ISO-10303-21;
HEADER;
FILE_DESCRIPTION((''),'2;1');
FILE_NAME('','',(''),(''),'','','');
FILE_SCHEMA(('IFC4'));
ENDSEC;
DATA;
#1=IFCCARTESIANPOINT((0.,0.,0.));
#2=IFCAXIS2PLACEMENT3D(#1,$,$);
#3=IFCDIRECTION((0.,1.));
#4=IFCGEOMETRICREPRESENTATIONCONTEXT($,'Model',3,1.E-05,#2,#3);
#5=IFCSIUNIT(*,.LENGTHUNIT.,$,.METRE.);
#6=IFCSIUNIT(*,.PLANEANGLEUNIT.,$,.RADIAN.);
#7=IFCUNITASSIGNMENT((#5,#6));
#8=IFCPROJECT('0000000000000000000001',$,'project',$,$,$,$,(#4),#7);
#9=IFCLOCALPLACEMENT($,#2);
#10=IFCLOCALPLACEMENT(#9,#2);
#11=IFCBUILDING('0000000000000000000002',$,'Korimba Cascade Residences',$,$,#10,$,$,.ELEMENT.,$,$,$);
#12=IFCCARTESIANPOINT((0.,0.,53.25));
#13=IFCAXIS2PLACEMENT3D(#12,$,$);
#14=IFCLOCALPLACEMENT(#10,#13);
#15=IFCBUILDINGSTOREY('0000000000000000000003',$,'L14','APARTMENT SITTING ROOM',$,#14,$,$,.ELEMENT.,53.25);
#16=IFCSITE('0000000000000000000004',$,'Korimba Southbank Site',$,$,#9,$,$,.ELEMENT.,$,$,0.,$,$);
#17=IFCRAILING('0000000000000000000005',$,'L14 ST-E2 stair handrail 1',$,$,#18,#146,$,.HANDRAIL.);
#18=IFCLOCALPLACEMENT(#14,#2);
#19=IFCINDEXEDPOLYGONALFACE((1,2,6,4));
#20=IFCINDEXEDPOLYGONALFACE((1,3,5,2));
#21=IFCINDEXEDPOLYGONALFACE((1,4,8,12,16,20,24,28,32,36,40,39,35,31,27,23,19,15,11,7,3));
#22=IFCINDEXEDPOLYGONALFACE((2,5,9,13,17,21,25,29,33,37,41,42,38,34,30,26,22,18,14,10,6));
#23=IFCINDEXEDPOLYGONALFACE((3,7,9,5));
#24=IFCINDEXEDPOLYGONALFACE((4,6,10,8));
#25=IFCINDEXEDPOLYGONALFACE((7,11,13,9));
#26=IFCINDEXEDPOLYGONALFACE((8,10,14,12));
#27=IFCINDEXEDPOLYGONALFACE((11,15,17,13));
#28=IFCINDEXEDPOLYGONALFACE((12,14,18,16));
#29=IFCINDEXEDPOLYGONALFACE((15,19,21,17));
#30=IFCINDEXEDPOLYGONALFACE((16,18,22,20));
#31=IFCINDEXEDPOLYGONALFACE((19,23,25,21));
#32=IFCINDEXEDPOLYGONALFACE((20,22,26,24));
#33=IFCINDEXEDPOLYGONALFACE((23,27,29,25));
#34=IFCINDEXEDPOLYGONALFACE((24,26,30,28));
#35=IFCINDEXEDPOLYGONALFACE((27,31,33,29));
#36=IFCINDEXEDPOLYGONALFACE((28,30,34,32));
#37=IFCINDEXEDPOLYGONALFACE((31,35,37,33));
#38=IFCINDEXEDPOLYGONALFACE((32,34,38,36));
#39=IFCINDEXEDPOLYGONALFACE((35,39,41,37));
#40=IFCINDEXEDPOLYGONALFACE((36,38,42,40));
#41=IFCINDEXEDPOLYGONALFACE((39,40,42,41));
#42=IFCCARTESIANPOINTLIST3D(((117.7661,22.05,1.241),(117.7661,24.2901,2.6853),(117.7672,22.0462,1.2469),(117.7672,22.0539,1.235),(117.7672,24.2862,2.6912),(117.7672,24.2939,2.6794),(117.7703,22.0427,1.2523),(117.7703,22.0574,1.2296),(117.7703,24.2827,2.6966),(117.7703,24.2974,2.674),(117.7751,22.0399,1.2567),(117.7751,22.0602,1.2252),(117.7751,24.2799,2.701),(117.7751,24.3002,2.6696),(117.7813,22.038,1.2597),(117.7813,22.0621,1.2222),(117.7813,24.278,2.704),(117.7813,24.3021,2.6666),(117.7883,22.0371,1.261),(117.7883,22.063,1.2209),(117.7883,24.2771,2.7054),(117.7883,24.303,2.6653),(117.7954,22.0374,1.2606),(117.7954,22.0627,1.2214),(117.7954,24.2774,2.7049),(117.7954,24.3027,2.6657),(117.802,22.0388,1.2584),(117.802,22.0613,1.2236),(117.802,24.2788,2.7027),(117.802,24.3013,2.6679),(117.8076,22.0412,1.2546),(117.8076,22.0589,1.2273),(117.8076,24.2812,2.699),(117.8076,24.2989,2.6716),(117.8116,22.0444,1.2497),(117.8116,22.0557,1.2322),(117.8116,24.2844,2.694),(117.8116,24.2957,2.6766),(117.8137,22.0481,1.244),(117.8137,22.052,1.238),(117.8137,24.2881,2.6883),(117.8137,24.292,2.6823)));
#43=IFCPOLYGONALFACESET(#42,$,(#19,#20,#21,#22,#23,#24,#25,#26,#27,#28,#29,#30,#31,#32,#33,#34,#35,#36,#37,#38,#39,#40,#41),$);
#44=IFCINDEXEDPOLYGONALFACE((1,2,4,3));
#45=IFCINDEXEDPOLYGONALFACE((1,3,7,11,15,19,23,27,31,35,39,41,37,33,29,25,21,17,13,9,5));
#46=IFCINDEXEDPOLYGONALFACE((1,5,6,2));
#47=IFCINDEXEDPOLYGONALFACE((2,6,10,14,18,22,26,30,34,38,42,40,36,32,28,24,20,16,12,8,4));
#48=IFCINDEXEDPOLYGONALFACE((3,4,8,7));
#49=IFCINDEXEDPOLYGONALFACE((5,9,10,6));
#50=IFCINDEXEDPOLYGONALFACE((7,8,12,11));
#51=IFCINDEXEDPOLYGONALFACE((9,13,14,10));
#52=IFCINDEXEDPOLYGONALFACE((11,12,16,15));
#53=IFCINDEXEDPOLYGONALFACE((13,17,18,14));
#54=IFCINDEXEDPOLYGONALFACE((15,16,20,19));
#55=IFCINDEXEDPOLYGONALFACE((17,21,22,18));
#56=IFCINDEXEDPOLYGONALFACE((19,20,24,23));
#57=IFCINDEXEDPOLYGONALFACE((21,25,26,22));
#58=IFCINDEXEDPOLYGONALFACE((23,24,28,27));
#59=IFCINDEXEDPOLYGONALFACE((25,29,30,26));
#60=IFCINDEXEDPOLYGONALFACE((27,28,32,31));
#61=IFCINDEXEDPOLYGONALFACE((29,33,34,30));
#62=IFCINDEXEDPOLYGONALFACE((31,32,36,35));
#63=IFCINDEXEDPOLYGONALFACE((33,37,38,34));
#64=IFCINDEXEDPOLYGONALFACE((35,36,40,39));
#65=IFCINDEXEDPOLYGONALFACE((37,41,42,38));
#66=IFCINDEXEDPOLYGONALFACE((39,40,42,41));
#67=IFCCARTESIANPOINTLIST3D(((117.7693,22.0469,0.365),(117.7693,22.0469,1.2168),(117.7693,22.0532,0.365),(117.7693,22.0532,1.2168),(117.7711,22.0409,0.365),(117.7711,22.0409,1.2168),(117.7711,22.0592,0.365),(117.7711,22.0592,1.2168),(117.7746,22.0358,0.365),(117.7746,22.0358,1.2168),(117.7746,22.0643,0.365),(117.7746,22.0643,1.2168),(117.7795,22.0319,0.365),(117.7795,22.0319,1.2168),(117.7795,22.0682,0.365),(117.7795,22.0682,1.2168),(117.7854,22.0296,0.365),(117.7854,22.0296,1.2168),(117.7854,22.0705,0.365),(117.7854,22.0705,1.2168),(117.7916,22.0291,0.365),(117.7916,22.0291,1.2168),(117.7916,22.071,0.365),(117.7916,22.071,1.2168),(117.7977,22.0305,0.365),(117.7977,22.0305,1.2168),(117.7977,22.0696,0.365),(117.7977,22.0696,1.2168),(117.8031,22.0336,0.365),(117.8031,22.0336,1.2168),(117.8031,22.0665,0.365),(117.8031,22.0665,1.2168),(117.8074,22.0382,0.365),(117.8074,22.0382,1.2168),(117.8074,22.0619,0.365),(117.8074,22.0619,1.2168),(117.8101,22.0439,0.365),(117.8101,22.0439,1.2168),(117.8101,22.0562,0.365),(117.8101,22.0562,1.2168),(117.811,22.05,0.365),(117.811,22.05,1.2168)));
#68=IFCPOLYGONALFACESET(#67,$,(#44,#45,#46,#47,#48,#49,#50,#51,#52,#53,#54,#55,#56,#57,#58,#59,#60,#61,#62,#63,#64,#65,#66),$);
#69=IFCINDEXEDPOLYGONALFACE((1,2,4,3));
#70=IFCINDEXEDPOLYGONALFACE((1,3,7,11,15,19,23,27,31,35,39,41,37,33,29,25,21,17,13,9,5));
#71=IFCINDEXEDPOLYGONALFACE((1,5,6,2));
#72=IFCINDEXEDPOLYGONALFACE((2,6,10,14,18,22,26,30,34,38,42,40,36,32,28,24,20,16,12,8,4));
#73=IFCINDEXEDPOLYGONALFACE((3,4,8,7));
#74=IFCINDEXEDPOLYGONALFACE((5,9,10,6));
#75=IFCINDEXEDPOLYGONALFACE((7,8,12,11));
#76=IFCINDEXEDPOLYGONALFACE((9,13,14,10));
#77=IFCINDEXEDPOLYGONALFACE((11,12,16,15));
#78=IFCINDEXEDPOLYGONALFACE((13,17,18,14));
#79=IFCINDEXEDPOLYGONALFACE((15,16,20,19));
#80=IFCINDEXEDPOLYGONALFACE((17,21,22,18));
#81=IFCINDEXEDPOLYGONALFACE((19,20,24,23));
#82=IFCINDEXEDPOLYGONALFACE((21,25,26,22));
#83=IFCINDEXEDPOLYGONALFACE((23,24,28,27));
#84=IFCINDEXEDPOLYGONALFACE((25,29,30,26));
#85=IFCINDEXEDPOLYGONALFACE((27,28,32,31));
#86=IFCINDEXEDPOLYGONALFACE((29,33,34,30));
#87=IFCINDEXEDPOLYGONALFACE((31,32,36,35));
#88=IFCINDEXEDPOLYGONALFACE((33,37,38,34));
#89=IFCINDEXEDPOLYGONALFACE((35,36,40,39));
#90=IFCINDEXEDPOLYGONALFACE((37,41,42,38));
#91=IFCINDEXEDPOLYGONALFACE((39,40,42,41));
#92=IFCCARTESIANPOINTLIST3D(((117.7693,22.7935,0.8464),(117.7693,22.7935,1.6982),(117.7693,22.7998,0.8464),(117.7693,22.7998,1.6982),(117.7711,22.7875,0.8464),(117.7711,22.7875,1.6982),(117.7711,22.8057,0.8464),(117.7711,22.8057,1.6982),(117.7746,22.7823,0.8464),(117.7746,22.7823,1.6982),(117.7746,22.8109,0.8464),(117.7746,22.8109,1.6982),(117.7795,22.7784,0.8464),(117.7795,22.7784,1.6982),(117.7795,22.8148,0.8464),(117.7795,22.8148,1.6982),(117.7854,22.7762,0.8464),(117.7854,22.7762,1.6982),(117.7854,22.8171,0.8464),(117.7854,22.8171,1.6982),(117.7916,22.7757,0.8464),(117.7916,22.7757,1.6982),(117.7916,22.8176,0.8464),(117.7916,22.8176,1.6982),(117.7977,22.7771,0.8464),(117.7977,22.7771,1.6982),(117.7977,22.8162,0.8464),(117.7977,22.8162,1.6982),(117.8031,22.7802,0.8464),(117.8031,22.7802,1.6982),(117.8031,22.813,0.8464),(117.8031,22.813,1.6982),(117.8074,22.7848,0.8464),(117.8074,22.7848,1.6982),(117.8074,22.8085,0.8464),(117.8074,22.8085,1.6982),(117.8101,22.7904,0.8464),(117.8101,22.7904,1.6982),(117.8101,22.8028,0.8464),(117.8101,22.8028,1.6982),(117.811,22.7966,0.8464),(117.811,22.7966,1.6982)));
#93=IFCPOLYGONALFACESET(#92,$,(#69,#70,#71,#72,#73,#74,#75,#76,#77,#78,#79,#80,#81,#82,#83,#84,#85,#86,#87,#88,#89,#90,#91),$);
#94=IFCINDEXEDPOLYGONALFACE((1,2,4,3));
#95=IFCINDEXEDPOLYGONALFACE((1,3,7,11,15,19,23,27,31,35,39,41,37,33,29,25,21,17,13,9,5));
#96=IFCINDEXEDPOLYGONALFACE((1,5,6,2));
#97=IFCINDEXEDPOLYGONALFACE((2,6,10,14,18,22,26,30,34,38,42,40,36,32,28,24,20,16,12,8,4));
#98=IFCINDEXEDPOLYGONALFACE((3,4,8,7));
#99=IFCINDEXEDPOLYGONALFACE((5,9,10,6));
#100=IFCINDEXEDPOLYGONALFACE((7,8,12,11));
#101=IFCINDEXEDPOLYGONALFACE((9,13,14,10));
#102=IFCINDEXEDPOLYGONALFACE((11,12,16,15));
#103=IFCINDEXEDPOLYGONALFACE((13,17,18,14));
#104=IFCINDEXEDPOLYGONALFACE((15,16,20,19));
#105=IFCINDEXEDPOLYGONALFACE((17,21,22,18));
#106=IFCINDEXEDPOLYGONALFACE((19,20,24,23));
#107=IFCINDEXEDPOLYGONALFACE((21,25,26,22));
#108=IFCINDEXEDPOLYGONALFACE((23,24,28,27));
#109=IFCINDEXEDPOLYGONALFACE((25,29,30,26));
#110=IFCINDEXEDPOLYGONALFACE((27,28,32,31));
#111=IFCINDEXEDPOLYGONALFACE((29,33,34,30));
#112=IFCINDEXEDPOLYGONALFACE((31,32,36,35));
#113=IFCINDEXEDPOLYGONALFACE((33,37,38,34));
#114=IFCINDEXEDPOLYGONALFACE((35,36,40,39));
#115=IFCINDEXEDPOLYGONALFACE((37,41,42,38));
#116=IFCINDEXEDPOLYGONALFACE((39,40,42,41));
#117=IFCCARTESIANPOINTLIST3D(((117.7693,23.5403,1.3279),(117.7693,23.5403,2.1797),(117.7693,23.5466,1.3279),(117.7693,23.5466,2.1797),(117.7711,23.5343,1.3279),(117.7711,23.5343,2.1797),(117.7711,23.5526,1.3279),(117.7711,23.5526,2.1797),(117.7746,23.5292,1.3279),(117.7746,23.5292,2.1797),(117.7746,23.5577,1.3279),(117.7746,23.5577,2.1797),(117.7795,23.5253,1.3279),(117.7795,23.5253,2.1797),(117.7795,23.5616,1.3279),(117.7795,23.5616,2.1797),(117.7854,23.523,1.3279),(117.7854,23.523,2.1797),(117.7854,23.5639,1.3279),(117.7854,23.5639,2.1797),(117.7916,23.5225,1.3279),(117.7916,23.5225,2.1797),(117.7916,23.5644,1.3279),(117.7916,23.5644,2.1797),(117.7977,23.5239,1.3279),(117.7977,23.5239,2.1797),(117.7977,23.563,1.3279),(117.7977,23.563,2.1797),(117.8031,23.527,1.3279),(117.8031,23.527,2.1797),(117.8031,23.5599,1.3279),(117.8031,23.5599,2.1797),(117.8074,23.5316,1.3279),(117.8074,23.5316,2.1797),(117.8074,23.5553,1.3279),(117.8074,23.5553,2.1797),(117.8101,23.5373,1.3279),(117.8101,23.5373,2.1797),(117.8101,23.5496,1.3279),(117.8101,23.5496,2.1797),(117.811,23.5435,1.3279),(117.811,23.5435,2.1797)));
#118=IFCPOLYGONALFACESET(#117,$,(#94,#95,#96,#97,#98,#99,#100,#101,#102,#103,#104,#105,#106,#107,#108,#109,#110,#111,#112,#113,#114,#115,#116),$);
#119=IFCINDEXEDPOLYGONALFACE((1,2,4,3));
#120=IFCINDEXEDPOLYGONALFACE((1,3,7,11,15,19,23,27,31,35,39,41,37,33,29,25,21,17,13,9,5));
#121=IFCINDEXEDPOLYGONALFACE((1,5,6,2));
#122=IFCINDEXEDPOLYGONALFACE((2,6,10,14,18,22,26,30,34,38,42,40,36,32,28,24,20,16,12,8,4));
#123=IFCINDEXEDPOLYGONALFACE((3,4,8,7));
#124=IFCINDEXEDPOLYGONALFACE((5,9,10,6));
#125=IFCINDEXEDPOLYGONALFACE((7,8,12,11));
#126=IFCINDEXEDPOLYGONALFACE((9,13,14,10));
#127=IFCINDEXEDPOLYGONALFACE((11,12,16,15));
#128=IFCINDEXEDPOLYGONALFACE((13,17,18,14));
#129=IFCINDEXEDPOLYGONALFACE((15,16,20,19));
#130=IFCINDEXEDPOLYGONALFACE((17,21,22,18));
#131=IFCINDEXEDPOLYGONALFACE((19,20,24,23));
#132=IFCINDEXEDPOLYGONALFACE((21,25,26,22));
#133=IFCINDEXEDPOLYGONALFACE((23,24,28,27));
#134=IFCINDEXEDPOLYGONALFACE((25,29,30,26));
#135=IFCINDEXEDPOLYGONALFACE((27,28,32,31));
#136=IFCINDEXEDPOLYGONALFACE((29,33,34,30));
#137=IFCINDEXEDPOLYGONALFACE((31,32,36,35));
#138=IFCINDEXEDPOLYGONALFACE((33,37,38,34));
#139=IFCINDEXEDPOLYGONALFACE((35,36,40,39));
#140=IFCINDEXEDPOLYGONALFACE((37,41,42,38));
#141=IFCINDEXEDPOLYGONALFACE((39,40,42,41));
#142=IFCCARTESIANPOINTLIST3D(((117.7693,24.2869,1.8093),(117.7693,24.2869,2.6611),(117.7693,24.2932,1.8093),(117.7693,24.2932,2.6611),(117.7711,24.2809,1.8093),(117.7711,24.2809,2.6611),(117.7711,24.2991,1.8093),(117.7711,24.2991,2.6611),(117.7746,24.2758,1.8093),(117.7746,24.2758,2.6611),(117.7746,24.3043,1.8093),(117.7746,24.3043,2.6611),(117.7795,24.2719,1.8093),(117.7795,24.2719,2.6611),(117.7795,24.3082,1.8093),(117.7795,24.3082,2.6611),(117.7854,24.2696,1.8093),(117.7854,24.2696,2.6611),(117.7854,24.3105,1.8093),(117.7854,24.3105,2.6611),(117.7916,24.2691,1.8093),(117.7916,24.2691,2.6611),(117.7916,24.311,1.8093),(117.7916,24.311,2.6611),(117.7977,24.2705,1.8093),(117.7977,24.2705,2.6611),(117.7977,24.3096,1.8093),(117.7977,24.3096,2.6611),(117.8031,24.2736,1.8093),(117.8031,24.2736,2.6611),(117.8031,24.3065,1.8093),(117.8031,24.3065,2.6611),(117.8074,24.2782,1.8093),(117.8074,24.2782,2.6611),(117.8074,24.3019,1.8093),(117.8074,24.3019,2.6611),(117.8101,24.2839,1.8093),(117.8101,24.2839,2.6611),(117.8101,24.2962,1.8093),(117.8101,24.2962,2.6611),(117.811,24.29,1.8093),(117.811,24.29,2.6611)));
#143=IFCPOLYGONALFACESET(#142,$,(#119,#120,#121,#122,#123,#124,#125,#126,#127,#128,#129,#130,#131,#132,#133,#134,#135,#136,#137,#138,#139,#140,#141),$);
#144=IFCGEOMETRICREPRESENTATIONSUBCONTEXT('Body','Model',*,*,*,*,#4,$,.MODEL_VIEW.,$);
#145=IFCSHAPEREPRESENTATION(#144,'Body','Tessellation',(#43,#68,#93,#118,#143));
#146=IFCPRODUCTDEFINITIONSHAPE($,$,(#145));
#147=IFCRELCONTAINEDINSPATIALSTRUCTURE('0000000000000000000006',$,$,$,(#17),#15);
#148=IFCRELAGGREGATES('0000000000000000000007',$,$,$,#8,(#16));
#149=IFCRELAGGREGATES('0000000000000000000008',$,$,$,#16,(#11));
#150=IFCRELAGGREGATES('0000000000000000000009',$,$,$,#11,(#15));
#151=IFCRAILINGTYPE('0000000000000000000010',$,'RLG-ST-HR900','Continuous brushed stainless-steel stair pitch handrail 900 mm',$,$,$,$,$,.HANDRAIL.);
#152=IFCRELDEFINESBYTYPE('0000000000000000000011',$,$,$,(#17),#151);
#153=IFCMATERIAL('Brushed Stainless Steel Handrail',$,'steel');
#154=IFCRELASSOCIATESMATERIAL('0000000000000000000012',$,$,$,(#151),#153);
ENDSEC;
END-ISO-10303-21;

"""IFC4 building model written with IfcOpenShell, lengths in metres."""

from ifc_helpers import new_model, si_unit, direction, frame, origin, origin_2d, place, context, subcontext, project, spatial, circle, extrude, material, type_object, element, save


model = new_model("IFC4")

# Units and contexts
model_context = context("Model", 3, precision=1e-05, world=origin(), true_north=direction((0.0, 1.0)))
body_context = subcontext(model_context, "Body", "Model", "MODEL_VIEW")
ifc_project = project(units=[si_unit("LENGTHUNIT", "METRE"), si_unit("PLANEANGLEUNIT", "RADIAN")], contexts=[model_context])

# Site, building, storey
site_placement = place(None, origin())
site = spatial("IfcSite", under=ifc_project, at=site_placement, Name="Korimba Southbank Site", CompositionType="ELEMENT", RefElevation=0.0)
building_placement = place(site_placement, origin())
building = spatial("IfcBuilding", under=site, at=building_placement, Name="Korimba Cascade Residences", CompositionType="ELEMENT")
storey_placement = place(building_placement, frame((0.0, 0.0, 53.25)))
storey = spatial("IfcBuildingStorey", under=building, at=storey_placement, Name="L14", Description="APARTMENT SITTING ROOM", CompositionType="ELEMENT", Elevation=53.25)

# Railing
ifc_material_1 = material(Name="Brushed Stainless Steel Handrail", Category="steel")
railing_type = type_object("IfcRailingType", Name="RLG-ST-HR900", Description="Continuous brushed stainless-steel stair pitch handrail 900 mm", PredefinedType="HANDRAIL", material=ifc_material_1)
railing_placement = place(storey_placement, frame((117.79, 22.05, 0.365)))
element("IfcRailing", 1, at=railing_placement, inside=storey, type_object=railing_type, Name="L14 ST-E2 stair handrail 1", PredefinedType="HANDRAIL", context=body_context, shape_type="SweptSolid", body=[
    extrude(circle(Radius=0.0239, at=origin_2d()), frame((0.0, 0.0, 0.876), z_axis=(0.0, 0.840437, 0.54191), x_axis=(-1.0, 0.0, 0.0)), (0.0, 0.0, 1.0), 2.6653),
    extrude(circle(Radius=0.021, at=origin_2d()), origin(), (0.0, 0.0, 1.0), 0.8518),
    extrude(circle(Radius=0.021, at=origin_2d()), frame((0.0, 0.7466, 0.4814)), (0.0, 0.0, 1.0), 0.8518),
    extrude(circle(Radius=0.021, at=origin_2d()), frame((0.0, 1.4934, 0.9629)), (0.0, 0.0, 1.0), 0.8518),
    extrude(circle(Radius=0.021, at=origin_2d()), frame((0.0, 2.24, 1.4443)), (0.0, 0.0, 1.0), 0.8518),
])

save(model, "model.ifc")
